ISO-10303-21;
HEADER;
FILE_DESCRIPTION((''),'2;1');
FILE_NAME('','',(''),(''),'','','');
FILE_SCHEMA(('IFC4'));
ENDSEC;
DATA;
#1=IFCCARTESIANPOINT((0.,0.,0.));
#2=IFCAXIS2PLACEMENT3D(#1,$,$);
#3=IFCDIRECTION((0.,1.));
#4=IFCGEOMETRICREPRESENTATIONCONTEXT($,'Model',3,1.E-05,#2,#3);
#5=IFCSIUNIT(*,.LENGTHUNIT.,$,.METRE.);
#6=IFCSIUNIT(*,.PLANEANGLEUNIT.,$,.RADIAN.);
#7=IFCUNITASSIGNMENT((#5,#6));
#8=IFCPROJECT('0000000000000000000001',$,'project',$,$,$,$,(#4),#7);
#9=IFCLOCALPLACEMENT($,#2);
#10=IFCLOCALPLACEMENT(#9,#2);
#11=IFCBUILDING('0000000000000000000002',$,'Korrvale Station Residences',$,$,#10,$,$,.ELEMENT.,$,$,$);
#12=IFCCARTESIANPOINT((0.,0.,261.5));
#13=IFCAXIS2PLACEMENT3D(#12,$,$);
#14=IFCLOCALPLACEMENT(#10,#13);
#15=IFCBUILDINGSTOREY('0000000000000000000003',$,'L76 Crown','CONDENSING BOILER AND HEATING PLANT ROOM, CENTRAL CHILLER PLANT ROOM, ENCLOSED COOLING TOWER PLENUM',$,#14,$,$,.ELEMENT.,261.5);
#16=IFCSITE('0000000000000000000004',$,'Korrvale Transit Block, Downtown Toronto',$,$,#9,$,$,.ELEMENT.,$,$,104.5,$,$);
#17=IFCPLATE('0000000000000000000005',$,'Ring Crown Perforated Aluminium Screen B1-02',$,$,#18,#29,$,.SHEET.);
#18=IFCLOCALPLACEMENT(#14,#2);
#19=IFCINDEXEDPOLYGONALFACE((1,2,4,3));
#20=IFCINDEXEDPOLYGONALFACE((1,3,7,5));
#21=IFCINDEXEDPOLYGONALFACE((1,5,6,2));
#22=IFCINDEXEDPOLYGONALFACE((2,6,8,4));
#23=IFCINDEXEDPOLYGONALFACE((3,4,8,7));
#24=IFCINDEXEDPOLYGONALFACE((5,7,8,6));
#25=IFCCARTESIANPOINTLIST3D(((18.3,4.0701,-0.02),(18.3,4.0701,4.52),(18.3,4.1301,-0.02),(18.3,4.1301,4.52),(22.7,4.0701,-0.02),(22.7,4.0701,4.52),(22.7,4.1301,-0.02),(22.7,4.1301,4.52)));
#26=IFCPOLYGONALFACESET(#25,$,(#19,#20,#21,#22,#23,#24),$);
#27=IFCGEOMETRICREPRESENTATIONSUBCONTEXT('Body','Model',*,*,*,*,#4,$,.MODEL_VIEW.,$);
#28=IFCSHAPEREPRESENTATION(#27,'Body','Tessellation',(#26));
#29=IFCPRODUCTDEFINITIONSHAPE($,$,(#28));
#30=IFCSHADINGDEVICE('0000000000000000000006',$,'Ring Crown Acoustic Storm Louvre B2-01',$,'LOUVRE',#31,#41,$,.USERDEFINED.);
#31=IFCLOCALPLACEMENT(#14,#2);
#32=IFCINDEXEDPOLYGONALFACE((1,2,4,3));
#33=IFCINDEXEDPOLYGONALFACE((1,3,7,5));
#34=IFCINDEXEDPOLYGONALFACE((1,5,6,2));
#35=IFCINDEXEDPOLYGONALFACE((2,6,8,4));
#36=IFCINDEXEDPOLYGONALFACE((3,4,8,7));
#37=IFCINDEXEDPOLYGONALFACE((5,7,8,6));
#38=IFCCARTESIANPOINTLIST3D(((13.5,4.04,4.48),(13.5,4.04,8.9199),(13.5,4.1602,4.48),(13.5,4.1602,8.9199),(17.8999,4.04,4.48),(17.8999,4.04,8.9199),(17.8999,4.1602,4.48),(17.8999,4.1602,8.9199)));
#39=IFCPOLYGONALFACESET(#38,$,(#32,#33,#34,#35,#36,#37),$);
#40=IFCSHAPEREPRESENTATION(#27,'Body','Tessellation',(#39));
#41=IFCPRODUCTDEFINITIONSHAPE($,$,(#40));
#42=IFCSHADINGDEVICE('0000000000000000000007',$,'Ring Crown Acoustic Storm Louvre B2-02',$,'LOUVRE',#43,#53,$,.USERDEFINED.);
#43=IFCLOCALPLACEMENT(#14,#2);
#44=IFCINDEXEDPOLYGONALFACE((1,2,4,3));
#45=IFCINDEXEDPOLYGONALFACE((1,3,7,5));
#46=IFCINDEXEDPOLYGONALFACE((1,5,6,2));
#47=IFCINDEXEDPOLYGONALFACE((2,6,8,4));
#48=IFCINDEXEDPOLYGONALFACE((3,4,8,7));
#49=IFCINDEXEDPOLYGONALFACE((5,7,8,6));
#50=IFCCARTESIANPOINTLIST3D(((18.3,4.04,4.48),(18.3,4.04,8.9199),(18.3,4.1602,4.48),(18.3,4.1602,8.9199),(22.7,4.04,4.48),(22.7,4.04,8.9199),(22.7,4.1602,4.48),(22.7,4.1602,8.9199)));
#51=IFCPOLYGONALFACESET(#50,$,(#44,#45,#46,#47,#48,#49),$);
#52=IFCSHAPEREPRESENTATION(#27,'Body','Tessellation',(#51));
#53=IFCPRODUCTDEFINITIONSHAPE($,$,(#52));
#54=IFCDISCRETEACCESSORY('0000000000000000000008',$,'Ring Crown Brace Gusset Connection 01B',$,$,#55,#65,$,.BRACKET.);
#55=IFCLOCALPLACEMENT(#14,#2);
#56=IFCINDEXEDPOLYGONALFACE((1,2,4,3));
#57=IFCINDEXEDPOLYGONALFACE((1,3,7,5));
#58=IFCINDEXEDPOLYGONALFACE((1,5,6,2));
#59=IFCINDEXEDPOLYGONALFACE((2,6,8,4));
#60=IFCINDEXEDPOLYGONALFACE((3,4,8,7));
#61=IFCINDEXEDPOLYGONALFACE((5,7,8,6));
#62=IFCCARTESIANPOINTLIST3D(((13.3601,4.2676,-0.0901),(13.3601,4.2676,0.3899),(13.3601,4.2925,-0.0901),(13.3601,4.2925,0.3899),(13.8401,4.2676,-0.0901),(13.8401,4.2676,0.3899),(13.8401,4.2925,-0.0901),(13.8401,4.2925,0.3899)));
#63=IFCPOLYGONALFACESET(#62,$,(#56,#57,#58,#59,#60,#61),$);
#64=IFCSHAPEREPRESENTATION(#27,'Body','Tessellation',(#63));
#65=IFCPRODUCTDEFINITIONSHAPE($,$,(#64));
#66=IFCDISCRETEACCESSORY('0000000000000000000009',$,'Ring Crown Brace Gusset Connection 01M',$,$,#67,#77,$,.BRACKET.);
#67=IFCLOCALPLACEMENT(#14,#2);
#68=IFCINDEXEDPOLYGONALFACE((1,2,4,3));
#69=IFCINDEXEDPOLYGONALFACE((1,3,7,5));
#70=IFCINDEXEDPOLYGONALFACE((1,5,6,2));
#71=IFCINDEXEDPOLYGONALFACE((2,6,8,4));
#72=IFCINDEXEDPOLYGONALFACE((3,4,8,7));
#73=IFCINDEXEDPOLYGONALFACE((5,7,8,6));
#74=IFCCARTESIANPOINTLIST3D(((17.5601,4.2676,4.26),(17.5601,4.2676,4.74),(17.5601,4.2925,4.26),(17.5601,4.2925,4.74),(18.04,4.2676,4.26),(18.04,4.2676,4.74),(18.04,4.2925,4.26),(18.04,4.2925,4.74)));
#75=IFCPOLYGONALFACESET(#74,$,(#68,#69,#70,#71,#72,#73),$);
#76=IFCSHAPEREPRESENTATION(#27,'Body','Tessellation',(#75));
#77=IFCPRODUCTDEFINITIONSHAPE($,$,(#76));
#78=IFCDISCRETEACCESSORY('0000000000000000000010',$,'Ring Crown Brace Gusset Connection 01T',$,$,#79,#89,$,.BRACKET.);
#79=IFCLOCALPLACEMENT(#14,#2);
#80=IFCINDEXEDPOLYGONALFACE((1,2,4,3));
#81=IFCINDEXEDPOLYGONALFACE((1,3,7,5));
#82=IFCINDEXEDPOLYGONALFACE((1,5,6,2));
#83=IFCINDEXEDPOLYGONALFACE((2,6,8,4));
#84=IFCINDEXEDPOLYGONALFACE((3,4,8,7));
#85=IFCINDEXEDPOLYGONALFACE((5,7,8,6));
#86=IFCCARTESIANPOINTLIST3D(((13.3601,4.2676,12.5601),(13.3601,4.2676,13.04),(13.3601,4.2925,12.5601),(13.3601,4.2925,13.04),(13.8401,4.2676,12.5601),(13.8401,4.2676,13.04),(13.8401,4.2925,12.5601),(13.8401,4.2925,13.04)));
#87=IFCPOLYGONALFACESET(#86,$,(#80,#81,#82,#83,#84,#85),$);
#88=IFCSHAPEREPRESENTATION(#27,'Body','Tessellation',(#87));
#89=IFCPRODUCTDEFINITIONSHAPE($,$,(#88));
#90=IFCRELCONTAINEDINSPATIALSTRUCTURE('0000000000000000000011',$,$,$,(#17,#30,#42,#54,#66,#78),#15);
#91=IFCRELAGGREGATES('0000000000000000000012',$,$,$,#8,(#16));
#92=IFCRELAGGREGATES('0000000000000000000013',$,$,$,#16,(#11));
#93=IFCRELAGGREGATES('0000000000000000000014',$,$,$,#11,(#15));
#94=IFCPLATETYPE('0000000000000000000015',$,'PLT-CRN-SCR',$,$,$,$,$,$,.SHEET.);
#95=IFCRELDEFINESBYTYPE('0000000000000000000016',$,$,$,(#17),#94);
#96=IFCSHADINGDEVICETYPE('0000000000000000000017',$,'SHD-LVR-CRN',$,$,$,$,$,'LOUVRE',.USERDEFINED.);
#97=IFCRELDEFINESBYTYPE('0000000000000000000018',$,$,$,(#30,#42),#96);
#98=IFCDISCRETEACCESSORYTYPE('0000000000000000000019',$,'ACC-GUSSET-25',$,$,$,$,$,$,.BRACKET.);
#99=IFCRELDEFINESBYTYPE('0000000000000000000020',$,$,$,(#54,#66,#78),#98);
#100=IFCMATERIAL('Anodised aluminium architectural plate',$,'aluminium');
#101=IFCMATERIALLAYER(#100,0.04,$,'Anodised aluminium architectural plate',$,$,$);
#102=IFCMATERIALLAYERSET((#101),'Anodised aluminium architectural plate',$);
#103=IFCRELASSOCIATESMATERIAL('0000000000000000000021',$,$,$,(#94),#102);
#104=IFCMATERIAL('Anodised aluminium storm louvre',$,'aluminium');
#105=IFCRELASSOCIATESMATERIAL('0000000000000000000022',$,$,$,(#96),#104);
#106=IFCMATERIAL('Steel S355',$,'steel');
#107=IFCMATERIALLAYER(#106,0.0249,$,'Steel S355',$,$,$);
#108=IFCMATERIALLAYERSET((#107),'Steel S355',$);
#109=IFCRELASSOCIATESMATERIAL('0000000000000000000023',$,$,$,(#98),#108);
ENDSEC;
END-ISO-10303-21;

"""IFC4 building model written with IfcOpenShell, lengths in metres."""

from ifc_helpers import new_model, si_unit, direction, frame, origin, origin_2d, place, context, subcontext, project, spatial, rectangle, extrude, material, layer, layer_set, type_object, element, save


model = new_model("IFC4")

# Units and contexts
model_context = context("Model", 3, precision=1e-05, world=origin(), true_north=direction((0.0, 1.0)))
body_context = subcontext(model_context, "Body", "Model", "MODEL_VIEW")
ifc_project = project(units=[si_unit("LENGTHUNIT", "METRE"), si_unit("PLANEANGLEUNIT", "RADIAN")], contexts=[model_context])

# Site, building, storey
site_placement = place(None, origin())
site = spatial("IfcSite", under=ifc_project, at=site_placement, Name="Korrvale Transit Block, Downtown Toronto", CompositionType="ELEMENT", RefElevation=104.5)
building_placement = place(site_placement, origin())
building = spatial("IfcBuilding", under=site, at=building_placement, Name="Korrvale Station Residences", CompositionType="ELEMENT")
storey_placement = place(building_placement, frame((0.0, 0.0, 261.5)))
storey = spatial("IfcBuildingStorey", under=building, at=storey_placement, Name="L76 Crown", Description="CONDENSING BOILER AND HEATING PLANT ROOM, CENTRAL CHILLER PLANT ROOM, ENCLOSED COOLING TOWER PLENUM", CompositionType="ELEMENT", Elevation=261.5)

# Shared definitions
ifc_material_1 = material(Name="Steel S355", Category="steel")

# Plate
ifc_material_2 = material(Name="Anodised aluminium architectural plate", Category="aluminium")
ifc_layer_1 = layer(ifc_material_2, 0.04, Name="Anodised aluminium architectural plate")
ifc_layer_set_1 = layer_set([ifc_layer_1], Name="Anodised aluminium architectural plate")
plate_type_1 = type_object("IfcPlateType", Name="PLT-CRN-SCR", PredefinedType="SHEET", material=ifc_layer_set_1)
plate_1_placement = place(storey_placement, frame((20.5, 4.1001, -0.02), z_axis=(0.0, 0.0, 1.0), x_axis=(1.0, 0.0, 0.0)))
element("IfcPlate", 1, at=plate_1_placement, inside=storey, type_object=plate_type_1, Name="Ring Crown Perforated Aluminium Screen B1-02", PredefinedType="SHEET", context=body_context, shape_type="SweptSolid", body=[
    extrude(rectangle(XDim=4.3999, YDim=0.0601, at=origin_2d()), origin(), (0.0, 0.0, 1.0), 4.54),
])

# Shading devices
ifc_material_3 = material(Name="Anodised aluminium storm louvre", Category="aluminium")
shading_device_type = type_object("IfcShadingDeviceType", Name="SHD-LVR-CRN", ElementType="LOUVRE", PredefinedType="USERDEFINED", material=ifc_material_3)
for number, where, z_axis, x_axis, name in (
    (2, (15.7, 4.1001, 4.48), (0.0, 0.0, 1.0), (1.0, 0.0, 0.0), "Ring Crown Acoustic Storm Louvre B2-01"),
    (3, (20.5, 4.1001, 4.48), (0.0, 0.0, 1.0), (1.0, 0.0, 0.0), "Ring Crown Acoustic Storm Louvre B2-02"),
):
    element("IfcShadingDevice", number, at=place(storey_placement, frame(where, z_axis=z_axis, x_axis=x_axis)), inside=storey, type_object=shading_device_type, Name=name, ObjectType="LOUVRE", PredefinedType="USERDEFINED", context=body_context, shape_type="SweptSolid", body=[
        extrude(rectangle(XDim=4.3999, YDim=0.1201, at=origin_2d()), origin(), (0.0, 0.0, 1.0), 4.4399),
    ])

# Discrete accessories
ifc_layer_2 = layer(ifc_material_1, 0.0249, Name="Steel S355")
ifc_layer_set_2 = layer_set([ifc_layer_2], Name="Steel S355")
discrete_accessory_type = type_object("IfcDiscreteAccessoryType", Name="ACC-GUSSET-25", PredefinedType="BRACKET", material=ifc_layer_set_2)
for number, where, z_axis, x_axis, name in (
    (4, (13.6001, 4.28, -0.0901), (0.0, 0.0, 1.0), (1.0, 0.0, 0.0), "Ring Crown Brace Gusset Connection 01B"),
    (5, (17.8, 4.28, 4.26), (0.0, 0.0, 1.0), (1.0, 0.0, 0.0), "Ring Crown Brace Gusset Connection 01M"),
    (6, (13.6001, 4.28, 12.5601), (0.0, 0.0, 1.0), (1.0, 0.0, 0.0), "Ring Crown Brace Gusset Connection 01T"),
):
    element("IfcDiscreteAccessory", number, at=place(storey_placement, frame(where, z_axis=z_axis, x_axis=x_axis)), inside=storey, type_object=discrete_accessory_type, Name=name, PredefinedType="BRACKET", context=body_context, shape_type="SweptSolid", body=[
        extrude(rectangle(XDim=0.48, YDim=0.0249, at=origin_2d()), origin(), (0.0, 0.0, 1.0), 0.48),
    ])

save(model, "model.ifc")
